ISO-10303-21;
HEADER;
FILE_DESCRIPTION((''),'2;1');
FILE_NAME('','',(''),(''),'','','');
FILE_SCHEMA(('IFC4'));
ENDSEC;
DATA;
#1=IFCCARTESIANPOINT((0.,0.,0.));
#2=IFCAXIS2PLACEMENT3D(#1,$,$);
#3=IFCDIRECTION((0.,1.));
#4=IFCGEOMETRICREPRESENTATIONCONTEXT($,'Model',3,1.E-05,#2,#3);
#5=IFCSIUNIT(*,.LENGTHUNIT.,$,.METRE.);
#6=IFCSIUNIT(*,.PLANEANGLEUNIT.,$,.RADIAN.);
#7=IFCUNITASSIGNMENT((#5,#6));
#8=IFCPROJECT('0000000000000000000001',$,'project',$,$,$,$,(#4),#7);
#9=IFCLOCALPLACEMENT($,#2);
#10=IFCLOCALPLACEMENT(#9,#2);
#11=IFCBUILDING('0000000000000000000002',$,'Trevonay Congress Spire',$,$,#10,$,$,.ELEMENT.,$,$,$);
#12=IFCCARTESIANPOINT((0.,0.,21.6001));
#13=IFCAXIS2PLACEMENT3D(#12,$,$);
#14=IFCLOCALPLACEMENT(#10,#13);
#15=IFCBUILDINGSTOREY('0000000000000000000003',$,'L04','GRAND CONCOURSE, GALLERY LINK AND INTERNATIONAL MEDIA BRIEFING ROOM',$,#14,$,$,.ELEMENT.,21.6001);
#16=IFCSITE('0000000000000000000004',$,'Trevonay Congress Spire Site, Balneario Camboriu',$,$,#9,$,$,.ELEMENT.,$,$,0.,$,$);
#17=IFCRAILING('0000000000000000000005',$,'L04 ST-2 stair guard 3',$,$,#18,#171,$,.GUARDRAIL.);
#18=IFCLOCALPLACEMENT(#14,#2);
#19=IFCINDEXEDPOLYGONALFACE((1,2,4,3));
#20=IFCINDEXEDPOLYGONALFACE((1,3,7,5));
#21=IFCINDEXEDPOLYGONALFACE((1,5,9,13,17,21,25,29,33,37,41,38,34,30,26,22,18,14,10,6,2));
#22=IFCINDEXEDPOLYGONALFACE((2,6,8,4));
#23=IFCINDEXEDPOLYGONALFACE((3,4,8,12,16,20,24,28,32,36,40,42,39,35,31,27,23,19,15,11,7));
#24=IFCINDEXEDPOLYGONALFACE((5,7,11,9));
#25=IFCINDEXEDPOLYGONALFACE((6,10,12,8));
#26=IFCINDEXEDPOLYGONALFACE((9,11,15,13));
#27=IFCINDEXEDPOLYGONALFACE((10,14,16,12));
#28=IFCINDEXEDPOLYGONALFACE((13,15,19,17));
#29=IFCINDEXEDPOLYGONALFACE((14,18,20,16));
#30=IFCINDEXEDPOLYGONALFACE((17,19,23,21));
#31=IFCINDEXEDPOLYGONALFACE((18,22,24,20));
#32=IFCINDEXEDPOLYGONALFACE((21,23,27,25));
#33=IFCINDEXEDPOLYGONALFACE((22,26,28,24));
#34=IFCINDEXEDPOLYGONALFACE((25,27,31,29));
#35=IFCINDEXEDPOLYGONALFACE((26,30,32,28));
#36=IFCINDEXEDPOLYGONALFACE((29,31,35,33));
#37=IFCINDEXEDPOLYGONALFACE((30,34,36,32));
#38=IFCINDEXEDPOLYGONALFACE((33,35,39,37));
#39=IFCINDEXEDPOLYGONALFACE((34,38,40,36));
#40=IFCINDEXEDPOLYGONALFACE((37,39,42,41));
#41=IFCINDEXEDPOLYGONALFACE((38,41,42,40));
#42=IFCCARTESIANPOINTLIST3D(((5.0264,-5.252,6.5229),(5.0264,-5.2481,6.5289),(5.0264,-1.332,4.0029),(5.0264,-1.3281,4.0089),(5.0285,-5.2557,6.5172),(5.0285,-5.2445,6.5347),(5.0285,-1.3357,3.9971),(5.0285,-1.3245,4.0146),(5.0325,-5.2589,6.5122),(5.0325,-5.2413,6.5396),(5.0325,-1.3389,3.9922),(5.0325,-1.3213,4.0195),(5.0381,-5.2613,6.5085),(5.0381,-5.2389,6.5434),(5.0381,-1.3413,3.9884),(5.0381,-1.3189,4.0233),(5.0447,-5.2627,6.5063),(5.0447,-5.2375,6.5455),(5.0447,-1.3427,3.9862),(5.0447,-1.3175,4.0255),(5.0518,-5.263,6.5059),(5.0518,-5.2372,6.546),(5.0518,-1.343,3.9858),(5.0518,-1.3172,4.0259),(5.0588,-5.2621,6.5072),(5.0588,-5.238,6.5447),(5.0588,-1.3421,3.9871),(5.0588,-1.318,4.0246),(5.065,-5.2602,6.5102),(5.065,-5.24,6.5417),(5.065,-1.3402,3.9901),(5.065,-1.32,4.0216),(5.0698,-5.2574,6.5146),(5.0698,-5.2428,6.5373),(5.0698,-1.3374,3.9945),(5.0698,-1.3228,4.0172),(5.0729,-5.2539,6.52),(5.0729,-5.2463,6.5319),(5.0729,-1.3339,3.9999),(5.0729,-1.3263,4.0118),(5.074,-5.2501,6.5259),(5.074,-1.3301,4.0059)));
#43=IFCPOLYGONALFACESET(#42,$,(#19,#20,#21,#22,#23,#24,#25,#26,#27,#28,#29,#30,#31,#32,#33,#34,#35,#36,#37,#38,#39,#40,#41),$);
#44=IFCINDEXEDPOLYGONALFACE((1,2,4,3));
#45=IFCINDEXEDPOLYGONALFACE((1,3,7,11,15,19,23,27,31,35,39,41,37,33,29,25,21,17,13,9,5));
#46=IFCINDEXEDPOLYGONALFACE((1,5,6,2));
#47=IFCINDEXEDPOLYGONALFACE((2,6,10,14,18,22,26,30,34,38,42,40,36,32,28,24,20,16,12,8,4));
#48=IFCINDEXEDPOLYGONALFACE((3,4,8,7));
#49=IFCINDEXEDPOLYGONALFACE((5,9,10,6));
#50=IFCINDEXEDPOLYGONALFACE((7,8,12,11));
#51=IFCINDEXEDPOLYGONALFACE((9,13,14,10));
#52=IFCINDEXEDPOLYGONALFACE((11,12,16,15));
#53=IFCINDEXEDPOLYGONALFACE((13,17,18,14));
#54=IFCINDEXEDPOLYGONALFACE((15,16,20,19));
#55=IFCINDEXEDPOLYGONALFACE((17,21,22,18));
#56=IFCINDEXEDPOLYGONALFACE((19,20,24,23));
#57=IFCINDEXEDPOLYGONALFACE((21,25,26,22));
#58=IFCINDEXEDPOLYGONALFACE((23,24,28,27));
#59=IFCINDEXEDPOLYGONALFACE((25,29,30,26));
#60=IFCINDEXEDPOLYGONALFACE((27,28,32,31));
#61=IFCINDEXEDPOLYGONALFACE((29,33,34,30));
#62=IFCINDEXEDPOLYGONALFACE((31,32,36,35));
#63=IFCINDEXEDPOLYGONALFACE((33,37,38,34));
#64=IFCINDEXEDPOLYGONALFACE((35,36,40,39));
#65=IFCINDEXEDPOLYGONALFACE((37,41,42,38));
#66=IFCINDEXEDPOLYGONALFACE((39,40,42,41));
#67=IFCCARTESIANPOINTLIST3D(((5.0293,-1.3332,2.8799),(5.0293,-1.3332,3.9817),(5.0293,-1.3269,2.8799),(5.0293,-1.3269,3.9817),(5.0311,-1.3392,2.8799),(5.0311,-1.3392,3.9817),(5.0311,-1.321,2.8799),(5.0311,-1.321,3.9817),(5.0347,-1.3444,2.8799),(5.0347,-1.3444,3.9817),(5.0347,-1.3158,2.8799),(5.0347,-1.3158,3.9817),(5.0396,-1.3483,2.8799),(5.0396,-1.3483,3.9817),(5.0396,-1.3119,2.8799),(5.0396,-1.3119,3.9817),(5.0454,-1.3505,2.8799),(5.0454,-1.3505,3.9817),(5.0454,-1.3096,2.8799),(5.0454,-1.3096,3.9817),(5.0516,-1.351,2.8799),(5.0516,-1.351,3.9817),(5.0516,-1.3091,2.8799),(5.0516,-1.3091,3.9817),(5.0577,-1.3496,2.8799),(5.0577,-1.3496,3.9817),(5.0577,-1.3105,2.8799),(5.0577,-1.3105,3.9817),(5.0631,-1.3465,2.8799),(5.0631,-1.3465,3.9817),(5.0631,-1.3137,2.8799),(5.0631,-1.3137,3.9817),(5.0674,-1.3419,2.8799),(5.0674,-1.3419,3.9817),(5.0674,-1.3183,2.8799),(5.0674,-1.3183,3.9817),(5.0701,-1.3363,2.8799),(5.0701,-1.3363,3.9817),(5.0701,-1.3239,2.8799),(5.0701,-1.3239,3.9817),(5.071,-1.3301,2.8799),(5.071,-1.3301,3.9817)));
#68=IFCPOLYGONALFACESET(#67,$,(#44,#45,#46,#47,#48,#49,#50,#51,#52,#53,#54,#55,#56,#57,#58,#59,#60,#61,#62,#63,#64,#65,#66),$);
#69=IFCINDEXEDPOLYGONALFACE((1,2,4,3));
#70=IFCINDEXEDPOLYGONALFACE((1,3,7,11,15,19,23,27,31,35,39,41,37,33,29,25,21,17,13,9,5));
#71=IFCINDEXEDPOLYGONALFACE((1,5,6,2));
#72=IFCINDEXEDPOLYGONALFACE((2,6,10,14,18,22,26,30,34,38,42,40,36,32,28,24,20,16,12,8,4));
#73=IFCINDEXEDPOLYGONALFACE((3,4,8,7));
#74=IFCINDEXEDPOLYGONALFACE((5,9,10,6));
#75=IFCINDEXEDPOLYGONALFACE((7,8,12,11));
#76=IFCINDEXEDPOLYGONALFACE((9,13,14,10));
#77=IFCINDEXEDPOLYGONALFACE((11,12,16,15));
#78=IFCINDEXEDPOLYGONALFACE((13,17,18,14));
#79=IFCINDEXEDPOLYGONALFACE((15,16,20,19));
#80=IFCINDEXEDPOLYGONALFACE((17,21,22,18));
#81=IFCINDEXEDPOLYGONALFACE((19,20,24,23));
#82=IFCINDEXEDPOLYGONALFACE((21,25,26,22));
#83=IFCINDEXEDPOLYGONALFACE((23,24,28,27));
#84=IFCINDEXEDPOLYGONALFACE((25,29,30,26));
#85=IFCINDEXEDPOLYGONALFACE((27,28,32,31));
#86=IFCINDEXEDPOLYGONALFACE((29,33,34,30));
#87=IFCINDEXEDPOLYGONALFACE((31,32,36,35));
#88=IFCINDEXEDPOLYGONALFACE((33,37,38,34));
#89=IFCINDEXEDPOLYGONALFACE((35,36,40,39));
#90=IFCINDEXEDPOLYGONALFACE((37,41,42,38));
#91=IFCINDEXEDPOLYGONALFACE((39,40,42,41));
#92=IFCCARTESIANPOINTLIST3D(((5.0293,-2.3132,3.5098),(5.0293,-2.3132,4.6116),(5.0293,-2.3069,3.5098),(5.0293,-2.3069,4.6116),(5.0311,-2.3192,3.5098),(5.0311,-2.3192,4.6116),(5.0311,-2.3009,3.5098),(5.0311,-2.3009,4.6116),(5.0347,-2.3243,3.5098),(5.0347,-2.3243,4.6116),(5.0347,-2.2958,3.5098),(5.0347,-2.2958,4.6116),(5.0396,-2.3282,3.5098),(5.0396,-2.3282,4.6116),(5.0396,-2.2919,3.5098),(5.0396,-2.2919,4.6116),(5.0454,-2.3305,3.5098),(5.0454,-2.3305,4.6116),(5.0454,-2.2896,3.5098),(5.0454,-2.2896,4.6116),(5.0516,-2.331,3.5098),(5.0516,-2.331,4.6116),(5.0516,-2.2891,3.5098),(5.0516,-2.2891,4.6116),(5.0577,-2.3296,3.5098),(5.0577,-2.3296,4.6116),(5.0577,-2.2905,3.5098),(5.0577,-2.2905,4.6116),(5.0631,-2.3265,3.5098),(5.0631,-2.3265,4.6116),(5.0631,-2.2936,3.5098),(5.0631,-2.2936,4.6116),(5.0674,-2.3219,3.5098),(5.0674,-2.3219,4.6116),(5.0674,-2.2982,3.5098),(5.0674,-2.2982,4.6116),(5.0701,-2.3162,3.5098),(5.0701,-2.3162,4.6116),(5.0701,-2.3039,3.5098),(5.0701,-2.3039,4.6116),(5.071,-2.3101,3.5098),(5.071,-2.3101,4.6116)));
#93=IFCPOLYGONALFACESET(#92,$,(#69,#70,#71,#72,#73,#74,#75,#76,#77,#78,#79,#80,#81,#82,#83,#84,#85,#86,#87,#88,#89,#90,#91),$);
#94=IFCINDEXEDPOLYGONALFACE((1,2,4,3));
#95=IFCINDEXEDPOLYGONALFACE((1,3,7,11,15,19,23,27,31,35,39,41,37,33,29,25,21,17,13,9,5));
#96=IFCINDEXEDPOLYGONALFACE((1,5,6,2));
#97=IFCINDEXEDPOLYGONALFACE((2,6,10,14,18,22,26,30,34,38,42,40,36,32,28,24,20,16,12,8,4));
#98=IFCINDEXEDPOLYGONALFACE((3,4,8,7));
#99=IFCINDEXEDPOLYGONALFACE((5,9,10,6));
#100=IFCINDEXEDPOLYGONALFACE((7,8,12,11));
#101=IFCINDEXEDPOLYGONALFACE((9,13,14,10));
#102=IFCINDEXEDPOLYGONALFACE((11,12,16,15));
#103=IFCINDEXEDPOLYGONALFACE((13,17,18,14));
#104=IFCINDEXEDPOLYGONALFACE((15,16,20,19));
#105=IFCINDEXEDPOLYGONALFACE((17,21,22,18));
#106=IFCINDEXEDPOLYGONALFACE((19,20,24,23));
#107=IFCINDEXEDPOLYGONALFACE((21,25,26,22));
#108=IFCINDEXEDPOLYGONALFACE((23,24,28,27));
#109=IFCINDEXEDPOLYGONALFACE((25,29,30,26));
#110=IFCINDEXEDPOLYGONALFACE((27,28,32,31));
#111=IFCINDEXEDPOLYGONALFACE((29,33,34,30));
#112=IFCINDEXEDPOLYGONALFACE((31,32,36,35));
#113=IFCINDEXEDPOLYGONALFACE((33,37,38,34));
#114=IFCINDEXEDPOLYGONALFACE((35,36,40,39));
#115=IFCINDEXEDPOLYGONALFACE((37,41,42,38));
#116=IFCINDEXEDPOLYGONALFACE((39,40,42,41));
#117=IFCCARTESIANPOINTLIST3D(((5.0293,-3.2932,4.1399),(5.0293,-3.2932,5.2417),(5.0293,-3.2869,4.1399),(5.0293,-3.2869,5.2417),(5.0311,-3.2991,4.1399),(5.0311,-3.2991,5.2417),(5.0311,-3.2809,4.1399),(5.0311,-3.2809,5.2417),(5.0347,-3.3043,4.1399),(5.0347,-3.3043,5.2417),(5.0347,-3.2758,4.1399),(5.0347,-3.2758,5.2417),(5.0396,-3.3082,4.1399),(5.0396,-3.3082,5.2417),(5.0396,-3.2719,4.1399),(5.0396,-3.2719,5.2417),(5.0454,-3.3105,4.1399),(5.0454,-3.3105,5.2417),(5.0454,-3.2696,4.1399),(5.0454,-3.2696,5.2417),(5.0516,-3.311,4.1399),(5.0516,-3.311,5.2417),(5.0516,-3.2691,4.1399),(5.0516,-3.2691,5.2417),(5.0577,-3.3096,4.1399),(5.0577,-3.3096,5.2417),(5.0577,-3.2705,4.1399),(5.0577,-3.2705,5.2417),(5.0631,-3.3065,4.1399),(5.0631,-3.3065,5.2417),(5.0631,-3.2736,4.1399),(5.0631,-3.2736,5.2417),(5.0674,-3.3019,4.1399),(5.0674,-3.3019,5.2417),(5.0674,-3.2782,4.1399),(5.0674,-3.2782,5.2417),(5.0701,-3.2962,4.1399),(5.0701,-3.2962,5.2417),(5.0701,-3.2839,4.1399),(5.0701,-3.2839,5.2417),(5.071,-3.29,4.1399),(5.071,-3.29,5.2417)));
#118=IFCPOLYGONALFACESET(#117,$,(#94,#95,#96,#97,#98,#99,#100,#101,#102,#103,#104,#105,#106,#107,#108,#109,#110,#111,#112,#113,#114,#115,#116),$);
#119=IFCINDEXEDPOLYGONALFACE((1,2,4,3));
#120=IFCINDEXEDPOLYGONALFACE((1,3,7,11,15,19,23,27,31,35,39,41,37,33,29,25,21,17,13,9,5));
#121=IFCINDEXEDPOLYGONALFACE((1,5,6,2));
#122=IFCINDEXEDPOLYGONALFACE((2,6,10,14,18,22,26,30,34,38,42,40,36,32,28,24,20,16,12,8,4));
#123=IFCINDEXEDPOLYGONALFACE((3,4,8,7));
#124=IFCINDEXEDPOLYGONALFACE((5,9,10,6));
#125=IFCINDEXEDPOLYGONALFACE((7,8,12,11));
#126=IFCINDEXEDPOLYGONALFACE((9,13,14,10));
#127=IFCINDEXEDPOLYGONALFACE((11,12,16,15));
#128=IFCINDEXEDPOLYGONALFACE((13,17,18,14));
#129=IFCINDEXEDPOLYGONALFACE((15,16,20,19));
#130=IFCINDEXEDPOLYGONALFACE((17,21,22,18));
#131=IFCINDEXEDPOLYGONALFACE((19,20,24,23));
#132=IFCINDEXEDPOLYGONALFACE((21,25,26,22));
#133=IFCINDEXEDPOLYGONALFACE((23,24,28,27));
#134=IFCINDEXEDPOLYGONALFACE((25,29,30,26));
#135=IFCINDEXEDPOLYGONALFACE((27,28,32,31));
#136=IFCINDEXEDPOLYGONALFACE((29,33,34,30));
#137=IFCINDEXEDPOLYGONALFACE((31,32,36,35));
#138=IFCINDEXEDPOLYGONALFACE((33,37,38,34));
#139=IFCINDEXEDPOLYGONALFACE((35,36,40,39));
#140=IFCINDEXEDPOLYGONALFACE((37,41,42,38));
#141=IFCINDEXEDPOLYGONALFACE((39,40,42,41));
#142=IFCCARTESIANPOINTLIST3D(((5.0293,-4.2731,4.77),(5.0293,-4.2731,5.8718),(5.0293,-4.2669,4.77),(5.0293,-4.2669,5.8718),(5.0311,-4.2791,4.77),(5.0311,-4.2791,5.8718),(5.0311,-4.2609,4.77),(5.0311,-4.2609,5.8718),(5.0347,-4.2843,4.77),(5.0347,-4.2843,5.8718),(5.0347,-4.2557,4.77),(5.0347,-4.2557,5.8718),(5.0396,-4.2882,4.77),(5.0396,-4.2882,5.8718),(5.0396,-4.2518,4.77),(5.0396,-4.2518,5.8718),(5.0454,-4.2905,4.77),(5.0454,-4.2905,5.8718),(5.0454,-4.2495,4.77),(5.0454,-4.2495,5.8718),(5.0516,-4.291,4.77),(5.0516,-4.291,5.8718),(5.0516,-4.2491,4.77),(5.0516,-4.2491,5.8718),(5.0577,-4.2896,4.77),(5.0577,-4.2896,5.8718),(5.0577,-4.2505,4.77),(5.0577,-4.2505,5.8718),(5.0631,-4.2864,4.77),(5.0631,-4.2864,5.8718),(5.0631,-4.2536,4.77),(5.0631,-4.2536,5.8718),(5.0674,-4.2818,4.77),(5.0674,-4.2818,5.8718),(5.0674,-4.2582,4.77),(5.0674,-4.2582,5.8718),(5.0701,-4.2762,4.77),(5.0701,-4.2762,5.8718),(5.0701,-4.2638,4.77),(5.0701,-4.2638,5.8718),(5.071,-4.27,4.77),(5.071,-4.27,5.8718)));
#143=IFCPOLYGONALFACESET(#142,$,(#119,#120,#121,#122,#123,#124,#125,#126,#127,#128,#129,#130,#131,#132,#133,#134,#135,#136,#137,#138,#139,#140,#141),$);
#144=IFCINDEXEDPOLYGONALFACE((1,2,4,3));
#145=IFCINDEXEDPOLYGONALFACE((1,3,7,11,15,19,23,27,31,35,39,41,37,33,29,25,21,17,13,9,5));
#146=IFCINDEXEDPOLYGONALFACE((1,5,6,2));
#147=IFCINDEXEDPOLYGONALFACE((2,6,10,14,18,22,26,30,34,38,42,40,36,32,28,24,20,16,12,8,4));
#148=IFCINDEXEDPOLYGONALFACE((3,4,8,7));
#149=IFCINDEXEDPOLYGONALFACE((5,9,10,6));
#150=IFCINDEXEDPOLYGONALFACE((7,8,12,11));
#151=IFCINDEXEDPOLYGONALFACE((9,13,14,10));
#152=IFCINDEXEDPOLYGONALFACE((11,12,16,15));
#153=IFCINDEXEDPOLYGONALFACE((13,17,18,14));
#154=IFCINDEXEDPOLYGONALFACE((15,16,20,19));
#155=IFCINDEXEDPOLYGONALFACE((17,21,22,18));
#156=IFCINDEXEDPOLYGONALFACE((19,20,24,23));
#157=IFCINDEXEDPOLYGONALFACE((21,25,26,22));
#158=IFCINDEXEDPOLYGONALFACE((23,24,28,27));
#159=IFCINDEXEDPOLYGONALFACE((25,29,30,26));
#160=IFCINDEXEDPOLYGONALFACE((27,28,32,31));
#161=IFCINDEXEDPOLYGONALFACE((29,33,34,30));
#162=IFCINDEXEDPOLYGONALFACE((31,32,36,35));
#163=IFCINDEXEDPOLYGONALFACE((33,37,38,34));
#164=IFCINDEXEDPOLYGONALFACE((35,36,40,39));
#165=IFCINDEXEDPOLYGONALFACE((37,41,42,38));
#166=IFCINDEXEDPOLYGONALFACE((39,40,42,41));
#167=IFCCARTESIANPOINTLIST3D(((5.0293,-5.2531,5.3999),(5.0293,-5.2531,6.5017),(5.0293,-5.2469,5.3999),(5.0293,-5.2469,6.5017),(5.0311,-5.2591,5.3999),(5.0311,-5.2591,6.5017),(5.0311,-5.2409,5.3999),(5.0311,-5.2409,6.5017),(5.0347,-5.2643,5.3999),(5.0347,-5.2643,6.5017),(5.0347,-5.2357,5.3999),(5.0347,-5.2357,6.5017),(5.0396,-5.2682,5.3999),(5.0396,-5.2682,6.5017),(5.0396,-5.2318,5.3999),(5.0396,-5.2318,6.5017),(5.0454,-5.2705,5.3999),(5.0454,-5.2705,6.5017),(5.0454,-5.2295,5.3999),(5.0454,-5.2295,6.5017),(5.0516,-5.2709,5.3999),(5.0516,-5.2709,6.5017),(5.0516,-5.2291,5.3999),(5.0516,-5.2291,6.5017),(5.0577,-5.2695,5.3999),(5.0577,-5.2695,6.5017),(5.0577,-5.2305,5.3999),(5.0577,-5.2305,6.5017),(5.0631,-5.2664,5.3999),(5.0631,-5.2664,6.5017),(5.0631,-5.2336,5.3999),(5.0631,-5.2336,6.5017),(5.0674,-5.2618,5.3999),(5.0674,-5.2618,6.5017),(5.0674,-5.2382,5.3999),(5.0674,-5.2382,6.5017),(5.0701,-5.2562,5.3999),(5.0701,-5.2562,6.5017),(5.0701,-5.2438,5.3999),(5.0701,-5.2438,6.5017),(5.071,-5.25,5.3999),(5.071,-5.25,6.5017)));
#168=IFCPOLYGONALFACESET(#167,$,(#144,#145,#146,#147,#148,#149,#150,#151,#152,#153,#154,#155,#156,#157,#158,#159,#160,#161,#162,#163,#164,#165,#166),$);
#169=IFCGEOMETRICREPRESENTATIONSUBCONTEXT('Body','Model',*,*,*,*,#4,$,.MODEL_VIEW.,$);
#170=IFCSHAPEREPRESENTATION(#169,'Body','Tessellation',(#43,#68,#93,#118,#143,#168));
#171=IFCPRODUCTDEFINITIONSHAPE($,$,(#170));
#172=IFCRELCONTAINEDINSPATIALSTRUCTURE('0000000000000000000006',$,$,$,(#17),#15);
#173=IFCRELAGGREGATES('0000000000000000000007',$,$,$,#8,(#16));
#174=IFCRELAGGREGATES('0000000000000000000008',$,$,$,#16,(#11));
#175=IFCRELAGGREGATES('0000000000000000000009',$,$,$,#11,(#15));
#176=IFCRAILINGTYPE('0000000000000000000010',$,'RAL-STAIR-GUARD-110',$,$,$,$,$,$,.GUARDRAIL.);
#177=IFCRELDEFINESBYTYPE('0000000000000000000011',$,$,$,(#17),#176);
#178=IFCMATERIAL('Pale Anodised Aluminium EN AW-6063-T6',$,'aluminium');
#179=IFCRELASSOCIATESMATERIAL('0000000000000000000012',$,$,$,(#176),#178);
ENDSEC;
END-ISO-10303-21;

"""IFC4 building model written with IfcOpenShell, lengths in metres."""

from ifc_helpers import new_model, si_unit, direction, frame, origin, origin_2d, place, context, subcontext, project, spatial, circle, extrude, material, type_object, element, save


model = new_model("IFC4")

# Units and contexts
model_context = context("Model", 3, precision=1e-05, world=origin(), true_north=direction((0.0, 1.0)))
body_context = subcontext(model_context, "Body", "Model", "MODEL_VIEW")
ifc_project = project(units=[si_unit("LENGTHUNIT", "METRE"), si_unit("PLANEANGLEUNIT", "RADIAN")], contexts=[model_context])

# Site, building, storey
site_placement = place(None, origin())
site = spatial("IfcSite", under=ifc_project, at=site_placement, Name="Trevonay Congress Spire Site, Balneario Camboriu", CompositionType="ELEMENT", RefElevation=0.0)
building_placement = place(site_placement, origin())
building = spatial("IfcBuilding", under=site, at=building_placement, Name="Trevonay Congress Spire", CompositionType="ELEMENT")
storey_placement = place(building_placement, frame((0.0, 0.0, 21.6001)))
storey = spatial("IfcBuildingStorey", under=building, at=storey_placement, Name="L04", Description="GRAND CONCOURSE, GALLERY LINK AND INTERNATIONAL MEDIA BRIEFING ROOM", CompositionType="ELEMENT", Elevation=21.6001)

# Railing
ifc_material_1 = material(Name="Pale Anodised Aluminium EN AW-6063-T6", Category="aluminium")
railing_type_1 = type_object("IfcRailingType", Name="RAL-STAIR-GUARD-110", PredefinedType="GUARDRAIL", material=ifc_material_1)
railing_1_placement = place(storey_placement, frame((5.05, -1.3301, 2.8799)))
element("IfcRailing", 1, at=railing_1_placement, inside=storey, type_object=railing_type_1, Name="L04 ST-2 stair guard 3", PredefinedType="GUARDRAIL", context=body_context, shape_type="SweptSolid", body=[
    extrude(circle(Radius=0.0239, at=origin_2d()), frame((0.0, 0.0, 1.126), z_axis=(0.0, -0.841172, 0.540768), x_axis=(1.0, 0.0, 0.0)), (0.0, 0.0, 1.0), 4.6602),
    extrude(circle(Radius=0.021, at=origin_2d()), origin(), (0.0, 0.0, 1.0), 1.1018),
    extrude(circle(Radius=0.021, at=origin_2d()), frame((0.0, -0.98, 0.6299)), (0.0, 0.0, 1.0), 1.1018),
    extrude(circle(Radius=0.021, at=origin_2d()), frame((0.0, -1.96, 1.26)), (0.0, 0.0, 1.0), 1.1018),
    extrude(circle(Radius=0.021, at=origin_2d()), frame((0.0, -2.9399, 1.8901)), (0.0, 0.0, 1.0), 1.1018),
    extrude(circle(Radius=0.021, at=origin_2d()), frame((0.0, -3.9199, 2.52)), (0.0, 0.0, 1.0), 1.1018),
])

save(model, "model.ifc")
